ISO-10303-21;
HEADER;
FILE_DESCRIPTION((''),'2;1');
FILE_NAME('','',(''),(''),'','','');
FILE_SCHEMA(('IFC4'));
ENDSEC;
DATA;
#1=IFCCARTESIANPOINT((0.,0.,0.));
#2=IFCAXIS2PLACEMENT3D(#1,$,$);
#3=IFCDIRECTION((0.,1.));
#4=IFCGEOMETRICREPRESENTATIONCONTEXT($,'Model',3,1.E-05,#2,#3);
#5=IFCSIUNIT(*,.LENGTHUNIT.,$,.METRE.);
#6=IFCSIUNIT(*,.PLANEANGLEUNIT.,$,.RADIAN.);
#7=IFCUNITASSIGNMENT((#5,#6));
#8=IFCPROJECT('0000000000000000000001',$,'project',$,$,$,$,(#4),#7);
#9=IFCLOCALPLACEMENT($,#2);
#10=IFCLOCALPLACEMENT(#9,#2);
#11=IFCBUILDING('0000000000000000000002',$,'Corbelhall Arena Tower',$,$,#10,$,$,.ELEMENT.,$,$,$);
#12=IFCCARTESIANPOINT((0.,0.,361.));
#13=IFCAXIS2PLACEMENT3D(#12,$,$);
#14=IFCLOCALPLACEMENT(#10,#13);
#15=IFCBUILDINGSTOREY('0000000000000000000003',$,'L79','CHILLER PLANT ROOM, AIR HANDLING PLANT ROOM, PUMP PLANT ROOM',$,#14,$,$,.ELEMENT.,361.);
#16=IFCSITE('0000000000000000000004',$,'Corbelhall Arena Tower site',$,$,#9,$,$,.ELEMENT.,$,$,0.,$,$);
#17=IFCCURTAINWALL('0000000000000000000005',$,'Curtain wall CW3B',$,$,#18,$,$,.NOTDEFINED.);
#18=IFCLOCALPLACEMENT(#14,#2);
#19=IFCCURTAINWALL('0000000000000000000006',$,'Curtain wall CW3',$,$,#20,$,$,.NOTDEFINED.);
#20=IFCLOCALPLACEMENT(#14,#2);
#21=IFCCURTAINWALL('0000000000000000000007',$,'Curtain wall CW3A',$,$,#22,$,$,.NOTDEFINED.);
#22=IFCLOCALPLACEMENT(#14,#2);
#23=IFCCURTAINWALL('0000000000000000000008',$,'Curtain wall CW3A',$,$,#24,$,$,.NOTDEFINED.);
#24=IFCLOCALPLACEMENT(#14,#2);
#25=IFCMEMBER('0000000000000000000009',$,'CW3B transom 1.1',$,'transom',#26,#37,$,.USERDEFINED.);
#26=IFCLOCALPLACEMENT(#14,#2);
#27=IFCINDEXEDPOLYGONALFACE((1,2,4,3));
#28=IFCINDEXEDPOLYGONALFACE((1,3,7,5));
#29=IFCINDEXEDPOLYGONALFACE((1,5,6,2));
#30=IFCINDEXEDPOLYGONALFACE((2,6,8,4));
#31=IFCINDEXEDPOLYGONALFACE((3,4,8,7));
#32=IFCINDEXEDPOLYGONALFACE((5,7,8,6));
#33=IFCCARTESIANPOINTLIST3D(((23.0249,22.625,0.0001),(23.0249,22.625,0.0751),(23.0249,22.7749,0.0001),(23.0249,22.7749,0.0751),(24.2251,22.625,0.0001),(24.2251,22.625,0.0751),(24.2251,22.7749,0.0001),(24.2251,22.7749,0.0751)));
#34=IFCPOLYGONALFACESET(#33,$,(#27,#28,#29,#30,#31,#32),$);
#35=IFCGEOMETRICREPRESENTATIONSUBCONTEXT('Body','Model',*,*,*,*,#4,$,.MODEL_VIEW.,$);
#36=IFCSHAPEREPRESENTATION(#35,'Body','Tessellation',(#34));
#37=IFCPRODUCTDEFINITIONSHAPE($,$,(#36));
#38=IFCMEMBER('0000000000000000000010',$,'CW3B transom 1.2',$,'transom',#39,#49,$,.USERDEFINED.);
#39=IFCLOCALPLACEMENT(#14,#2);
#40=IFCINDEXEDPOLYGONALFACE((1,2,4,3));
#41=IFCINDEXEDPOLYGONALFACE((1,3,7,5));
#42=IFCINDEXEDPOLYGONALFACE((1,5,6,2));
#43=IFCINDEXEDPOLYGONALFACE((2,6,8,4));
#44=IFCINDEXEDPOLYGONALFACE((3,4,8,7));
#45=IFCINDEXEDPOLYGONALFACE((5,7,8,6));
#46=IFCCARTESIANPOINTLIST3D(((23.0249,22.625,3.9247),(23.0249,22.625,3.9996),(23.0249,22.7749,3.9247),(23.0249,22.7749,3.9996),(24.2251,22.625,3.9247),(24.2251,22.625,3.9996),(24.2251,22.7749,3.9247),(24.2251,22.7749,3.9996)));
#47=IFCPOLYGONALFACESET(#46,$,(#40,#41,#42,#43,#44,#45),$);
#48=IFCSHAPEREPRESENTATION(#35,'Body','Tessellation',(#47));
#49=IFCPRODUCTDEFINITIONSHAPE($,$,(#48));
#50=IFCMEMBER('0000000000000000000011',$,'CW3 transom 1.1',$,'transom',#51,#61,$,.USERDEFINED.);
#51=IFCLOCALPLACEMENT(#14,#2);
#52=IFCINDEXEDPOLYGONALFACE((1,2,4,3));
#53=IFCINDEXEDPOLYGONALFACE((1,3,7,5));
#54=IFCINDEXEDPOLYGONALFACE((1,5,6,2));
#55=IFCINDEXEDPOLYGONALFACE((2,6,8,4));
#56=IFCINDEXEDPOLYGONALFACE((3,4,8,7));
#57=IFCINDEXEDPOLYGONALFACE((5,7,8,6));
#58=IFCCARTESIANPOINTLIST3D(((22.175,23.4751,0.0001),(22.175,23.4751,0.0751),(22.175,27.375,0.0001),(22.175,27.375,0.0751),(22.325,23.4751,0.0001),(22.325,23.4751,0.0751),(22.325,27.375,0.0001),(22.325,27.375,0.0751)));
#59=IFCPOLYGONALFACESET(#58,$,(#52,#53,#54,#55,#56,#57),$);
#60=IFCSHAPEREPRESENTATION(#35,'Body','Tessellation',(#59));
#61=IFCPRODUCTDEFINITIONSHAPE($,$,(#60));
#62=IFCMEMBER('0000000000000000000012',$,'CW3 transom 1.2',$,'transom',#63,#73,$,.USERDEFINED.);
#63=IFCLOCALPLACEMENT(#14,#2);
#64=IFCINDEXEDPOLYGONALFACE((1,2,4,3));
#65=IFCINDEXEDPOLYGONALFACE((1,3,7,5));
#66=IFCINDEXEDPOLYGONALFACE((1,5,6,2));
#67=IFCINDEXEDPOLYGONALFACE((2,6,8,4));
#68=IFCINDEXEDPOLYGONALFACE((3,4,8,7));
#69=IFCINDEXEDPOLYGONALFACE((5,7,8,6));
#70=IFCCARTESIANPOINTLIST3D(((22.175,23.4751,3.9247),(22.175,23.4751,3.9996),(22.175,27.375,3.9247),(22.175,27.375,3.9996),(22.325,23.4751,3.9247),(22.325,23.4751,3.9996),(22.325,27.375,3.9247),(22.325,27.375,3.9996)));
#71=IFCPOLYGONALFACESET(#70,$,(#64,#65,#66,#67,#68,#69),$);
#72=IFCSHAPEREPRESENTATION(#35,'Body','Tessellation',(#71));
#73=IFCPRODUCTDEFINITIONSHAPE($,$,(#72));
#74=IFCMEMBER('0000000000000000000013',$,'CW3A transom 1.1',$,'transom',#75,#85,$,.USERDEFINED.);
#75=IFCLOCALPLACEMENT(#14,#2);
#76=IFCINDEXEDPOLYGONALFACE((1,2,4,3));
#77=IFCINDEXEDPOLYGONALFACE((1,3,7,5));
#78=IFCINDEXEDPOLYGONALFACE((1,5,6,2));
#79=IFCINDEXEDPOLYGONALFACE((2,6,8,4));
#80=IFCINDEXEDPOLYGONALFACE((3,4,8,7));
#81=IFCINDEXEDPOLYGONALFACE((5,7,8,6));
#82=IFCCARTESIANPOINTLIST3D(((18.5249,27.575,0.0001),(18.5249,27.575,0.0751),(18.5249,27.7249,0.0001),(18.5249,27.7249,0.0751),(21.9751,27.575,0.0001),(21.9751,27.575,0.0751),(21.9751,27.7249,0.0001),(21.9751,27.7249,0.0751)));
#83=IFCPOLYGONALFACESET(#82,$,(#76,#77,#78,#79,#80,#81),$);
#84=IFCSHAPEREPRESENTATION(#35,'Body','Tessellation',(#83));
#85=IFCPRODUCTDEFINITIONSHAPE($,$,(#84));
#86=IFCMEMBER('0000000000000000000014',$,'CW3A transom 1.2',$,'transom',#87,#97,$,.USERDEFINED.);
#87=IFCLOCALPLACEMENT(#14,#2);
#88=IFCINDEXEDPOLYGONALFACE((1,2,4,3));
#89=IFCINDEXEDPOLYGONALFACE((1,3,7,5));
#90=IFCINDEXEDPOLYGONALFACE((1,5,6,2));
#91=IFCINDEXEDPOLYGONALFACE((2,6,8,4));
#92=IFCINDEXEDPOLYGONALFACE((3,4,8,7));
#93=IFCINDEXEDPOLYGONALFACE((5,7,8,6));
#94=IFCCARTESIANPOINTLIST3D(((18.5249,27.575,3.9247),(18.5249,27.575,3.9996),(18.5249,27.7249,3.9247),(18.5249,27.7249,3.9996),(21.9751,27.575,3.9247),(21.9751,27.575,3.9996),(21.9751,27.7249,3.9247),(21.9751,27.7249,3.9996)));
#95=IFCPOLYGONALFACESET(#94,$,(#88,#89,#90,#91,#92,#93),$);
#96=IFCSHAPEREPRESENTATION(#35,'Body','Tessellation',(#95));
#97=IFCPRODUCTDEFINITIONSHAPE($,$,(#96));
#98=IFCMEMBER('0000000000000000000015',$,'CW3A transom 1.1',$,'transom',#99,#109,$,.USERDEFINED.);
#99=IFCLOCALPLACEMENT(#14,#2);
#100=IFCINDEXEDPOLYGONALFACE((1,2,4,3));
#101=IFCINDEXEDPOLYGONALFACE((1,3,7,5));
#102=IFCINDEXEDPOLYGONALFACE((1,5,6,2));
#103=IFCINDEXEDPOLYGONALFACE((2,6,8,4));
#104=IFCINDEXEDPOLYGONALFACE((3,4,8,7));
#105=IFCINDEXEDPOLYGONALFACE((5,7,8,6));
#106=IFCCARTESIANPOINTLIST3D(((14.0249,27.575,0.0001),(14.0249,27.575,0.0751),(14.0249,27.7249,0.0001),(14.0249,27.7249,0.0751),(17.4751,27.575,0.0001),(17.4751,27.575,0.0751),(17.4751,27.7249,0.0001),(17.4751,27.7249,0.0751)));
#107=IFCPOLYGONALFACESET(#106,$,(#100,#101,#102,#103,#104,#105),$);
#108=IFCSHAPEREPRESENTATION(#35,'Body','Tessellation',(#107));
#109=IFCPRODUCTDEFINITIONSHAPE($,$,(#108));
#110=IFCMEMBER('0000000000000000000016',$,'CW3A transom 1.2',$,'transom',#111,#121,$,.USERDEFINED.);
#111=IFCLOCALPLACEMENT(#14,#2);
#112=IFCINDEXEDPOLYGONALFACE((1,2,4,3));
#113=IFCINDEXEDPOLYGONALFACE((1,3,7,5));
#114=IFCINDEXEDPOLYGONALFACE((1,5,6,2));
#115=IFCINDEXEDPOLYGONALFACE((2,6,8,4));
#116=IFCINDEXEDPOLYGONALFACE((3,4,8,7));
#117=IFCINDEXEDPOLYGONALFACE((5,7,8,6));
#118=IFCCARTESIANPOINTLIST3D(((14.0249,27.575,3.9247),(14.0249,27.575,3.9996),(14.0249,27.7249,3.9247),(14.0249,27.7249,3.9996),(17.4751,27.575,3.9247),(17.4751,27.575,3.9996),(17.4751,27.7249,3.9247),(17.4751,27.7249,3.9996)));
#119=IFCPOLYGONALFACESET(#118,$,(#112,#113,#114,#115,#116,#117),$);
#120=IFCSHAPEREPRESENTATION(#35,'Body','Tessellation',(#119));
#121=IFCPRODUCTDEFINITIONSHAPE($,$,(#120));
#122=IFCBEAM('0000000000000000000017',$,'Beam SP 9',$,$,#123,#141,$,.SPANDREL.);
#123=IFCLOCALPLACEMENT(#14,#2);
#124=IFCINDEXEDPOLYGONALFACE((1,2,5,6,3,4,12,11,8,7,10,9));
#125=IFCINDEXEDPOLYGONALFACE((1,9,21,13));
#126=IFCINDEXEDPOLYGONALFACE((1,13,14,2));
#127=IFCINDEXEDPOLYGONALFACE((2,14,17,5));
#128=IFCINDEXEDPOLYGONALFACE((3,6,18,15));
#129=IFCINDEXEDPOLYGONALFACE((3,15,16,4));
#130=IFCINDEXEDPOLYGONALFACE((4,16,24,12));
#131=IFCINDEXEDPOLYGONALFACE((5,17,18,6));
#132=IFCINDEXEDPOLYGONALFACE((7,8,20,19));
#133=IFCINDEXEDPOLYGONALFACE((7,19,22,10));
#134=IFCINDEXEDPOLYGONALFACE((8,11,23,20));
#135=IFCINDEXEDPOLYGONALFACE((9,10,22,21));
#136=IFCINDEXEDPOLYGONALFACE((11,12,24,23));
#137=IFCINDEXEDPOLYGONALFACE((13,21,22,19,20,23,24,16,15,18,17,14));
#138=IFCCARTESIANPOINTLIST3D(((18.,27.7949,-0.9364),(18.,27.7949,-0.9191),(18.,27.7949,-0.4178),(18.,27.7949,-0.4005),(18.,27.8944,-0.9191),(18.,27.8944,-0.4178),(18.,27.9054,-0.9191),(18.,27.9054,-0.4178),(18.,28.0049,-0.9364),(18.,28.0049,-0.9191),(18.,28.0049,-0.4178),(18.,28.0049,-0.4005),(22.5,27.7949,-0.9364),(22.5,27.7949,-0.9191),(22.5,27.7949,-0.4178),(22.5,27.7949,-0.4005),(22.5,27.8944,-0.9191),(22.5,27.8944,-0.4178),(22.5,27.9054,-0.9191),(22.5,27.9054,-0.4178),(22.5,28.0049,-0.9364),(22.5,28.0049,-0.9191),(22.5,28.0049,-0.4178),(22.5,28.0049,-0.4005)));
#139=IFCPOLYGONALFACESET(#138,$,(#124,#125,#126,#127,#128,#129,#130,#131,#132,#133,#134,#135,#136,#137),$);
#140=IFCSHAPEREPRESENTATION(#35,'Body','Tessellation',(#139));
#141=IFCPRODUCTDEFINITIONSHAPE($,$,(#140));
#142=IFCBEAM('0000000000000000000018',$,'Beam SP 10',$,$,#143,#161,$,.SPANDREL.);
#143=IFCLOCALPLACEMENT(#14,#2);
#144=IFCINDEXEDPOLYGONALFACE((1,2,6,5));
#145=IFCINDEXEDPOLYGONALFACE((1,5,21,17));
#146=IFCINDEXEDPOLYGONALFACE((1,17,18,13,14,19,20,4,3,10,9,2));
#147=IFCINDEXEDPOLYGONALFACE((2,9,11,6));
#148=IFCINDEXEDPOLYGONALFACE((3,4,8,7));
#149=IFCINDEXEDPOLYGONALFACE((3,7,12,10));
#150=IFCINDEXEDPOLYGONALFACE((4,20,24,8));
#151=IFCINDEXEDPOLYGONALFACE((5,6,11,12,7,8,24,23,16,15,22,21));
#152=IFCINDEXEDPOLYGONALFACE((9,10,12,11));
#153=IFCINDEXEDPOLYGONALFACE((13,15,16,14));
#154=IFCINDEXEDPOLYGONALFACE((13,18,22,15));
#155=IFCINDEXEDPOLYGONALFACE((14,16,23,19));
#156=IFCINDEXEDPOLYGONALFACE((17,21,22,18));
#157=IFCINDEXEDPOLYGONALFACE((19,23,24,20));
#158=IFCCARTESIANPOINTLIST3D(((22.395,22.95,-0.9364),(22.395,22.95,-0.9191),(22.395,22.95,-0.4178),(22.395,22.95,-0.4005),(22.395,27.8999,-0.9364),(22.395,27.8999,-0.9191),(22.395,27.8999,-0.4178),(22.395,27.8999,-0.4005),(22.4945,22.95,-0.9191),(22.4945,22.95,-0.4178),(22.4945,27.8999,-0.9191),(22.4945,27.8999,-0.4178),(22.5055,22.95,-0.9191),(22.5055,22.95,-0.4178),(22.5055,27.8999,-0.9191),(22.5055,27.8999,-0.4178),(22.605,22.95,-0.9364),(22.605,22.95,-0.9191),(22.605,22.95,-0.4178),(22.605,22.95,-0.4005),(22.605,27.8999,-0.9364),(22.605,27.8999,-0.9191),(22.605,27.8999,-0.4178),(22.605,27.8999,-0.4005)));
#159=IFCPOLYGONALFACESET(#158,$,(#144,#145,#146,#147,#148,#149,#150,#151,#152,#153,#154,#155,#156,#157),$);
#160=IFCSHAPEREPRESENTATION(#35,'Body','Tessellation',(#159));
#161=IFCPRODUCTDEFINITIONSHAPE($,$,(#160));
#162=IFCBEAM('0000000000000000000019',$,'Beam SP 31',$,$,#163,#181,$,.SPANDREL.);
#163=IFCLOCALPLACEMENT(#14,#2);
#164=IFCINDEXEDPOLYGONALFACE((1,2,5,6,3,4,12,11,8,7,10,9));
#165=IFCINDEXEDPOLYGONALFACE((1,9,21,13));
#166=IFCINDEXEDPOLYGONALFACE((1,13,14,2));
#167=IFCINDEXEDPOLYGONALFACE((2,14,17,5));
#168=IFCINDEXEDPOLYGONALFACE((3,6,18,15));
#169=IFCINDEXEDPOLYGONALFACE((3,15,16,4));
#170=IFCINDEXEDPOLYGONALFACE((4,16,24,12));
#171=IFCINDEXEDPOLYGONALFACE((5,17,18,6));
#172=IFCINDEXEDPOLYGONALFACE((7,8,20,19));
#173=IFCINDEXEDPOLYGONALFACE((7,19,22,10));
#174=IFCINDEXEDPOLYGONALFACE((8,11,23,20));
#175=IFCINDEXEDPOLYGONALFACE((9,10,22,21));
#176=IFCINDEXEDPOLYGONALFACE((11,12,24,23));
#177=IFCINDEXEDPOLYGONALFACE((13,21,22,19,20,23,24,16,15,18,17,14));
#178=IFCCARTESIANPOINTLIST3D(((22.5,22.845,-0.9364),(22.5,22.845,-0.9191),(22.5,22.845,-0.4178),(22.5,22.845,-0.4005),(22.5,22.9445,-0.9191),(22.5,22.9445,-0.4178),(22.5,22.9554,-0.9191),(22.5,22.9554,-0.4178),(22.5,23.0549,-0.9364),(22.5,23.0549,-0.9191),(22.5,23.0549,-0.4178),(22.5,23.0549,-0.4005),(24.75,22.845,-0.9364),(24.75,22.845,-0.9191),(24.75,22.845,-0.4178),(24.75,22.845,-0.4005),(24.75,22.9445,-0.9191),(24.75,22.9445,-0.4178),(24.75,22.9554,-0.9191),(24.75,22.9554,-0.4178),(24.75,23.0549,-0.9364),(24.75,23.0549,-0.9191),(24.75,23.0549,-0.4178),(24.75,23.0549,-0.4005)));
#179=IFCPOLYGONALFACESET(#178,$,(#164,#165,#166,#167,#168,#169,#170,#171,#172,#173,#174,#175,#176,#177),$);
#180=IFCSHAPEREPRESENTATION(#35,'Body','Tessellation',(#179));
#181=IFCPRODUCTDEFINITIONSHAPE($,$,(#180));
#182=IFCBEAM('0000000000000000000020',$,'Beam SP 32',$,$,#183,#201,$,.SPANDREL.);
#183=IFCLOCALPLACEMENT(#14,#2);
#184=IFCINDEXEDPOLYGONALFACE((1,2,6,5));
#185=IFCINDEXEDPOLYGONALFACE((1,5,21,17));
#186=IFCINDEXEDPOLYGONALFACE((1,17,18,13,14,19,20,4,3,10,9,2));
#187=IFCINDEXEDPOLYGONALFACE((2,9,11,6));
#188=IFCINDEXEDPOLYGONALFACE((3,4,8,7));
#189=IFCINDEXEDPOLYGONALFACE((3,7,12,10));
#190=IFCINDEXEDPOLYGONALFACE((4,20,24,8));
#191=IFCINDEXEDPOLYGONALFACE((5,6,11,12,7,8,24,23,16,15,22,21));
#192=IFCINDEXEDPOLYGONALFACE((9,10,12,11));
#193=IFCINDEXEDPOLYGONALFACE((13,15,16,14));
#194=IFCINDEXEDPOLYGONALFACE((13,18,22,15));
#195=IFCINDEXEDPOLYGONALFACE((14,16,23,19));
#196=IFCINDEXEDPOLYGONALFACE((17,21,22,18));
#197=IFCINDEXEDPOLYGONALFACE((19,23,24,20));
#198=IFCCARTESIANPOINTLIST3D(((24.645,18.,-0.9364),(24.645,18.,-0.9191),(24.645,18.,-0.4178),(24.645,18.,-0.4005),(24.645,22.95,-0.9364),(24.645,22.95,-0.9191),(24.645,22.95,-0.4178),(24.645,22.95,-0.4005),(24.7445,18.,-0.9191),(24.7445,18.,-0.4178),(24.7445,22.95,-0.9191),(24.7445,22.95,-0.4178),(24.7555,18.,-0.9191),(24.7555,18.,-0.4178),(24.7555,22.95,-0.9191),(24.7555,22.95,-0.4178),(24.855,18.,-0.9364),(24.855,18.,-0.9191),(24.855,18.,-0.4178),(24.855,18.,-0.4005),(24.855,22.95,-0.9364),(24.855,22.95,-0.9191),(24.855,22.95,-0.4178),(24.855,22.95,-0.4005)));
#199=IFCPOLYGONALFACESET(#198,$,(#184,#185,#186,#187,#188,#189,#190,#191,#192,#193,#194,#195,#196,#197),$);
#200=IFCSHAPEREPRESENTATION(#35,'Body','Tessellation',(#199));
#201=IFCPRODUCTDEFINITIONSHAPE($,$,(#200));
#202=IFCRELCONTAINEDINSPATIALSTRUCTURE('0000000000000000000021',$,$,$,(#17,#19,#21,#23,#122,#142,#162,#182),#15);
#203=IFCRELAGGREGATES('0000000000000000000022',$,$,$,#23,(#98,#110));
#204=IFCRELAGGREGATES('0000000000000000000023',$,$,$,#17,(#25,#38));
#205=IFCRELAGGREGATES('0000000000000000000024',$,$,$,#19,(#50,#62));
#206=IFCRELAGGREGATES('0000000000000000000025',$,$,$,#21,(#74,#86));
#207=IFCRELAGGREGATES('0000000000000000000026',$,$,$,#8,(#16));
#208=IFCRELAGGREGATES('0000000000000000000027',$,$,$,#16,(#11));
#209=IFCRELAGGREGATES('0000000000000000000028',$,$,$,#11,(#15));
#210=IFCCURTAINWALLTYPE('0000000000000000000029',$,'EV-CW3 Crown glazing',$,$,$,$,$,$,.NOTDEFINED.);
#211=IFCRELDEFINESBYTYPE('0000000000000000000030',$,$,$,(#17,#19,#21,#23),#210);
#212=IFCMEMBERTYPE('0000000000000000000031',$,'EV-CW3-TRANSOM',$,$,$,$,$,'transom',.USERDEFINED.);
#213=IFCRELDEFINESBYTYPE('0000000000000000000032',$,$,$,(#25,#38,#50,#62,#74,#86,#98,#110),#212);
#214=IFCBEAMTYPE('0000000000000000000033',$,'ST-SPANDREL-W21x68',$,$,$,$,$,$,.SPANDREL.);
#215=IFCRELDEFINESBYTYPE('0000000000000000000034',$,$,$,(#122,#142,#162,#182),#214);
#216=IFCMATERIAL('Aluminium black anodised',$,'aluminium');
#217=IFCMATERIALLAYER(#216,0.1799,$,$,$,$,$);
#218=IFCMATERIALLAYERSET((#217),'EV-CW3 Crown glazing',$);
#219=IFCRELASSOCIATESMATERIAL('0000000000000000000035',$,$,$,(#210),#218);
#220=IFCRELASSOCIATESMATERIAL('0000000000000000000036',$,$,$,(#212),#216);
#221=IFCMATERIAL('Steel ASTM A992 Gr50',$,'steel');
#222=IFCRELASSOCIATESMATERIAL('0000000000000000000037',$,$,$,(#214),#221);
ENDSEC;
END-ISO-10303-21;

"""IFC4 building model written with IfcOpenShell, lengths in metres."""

from ifc_helpers import new_model, si_unit, direction, frame, origin, origin_2d, place, context, subcontext, project, spatial, rectangle, i_section, extrude, material, layer, layer_set, material_profile, profile_set, type_object, element, aggregate, save


model = new_model("IFC4")

# Units and contexts
model_context = context("Model", 3, precision=1e-05, world=origin(), true_north=direction((0.0, 1.0)))
body_context = subcontext(model_context, "Body", "Model", "MODEL_VIEW")
ifc_project = project(units=[si_unit("LENGTHUNIT", "METRE"), si_unit("PLANEANGLEUNIT", "RADIAN")], contexts=[model_context])

# Site, building, storey
site_placement = place(None, origin())
site = spatial("IfcSite", under=ifc_project, at=site_placement, Name="Corbelhall Arena Tower site", CompositionType="ELEMENT", RefElevation=0.0)
building_placement = place(site_placement, origin())
building = spatial("IfcBuilding", under=site, at=building_placement, Name="Corbelhall Arena Tower", CompositionType="ELEMENT")
storey_placement = place(building_placement, frame((0.0, 0.0, 361.0)))
storey = spatial("IfcBuildingStorey", under=building, at=storey_placement, Name="L79", Description="CHILLER PLANT ROOM, AIR HANDLING PLANT ROOM, PUMP PLANT ROOM", CompositionType="ELEMENT", Elevation=361.0)

# Curtain walls
ifc_material_1 = material(Name="Aluminium black anodised", Category="aluminium")
ifc_layer_1 = layer(ifc_material_1, 0.1799)
ifc_layer_set_1 = layer_set([ifc_layer_1], Name="EV-CW3 Crown glazing")
curtain_wall_type = type_object("IfcCurtainWallType", Name="EV-CW3 Crown glazing", PredefinedType="NOTDEFINED", material=ifc_layer_set_1)
curtain_wall_1_placement = place(storey_placement, origin())
curtain_wall_1 = element("IfcCurtainWall", 1, at=curtain_wall_1_placement, inside=storey, type_object=curtain_wall_type, Name="Curtain wall CW3B", PredefinedType="NOTDEFINED")
curtain_wall_2_placement = place(storey_placement, origin())
curtain_wall_2 = element("IfcCurtainWall", 2, at=curtain_wall_2_placement, inside=storey, type_object=curtain_wall_type, Name="Curtain wall CW3", PredefinedType="NOTDEFINED")
curtain_wall_3_placement = place(storey_placement, origin())
curtain_wall_3 = element("IfcCurtainWall", 3, at=curtain_wall_3_placement, inside=storey, type_object=curtain_wall_type, Name="Curtain wall CW3A", PredefinedType="NOTDEFINED")

# Curtain wall
curtain_wall_4_placement = place(storey_placement, origin())
curtain_wall_4 = element("IfcCurtainWall", 4, at=curtain_wall_4_placement, inside=storey, type_object=curtain_wall_type, Name="Curtain wall CW3A", PredefinedType="NOTDEFINED")

# Members
ifc_material_profile_1 = material_profile(ifc_material_1, rectangle(XDim=0.1499, YDim=0.075, at=origin_2d()))
ifc_profile_set_1 = profile_set([ifc_material_profile_1], Name="Aluminium black anodised")
member_type_1 = type_object("IfcMemberType", Name="EV-CW3-TRANSOM", ElementType="transom", PredefinedType="USERDEFINED", material=ifc_profile_set_1)
member_1_placement = place(storey_placement, frame((24.2251, 22.7, 0.0376), z_axis=(-1.0, 0.0, 0.0), x_axis=(0.0, -1.0, 0.0)))
member_1 = element("IfcMember", 5, at=member_1_placement, type_object=member_type_1, Name="CW3B transom 1.1", ObjectType="transom", PredefinedType="USERDEFINED", context=body_context, shape_type="SweptSolid", body=[
    extrude(rectangle(XDim=0.1499, YDim=0.075, at=origin_2d()), origin(), (0.0, 0.0, 1.0), 1.2002),
])
member_2_placement = place(storey_placement, frame((24.2251, 22.7, 3.9622), z_axis=(-1.0, 0.0, 0.0), x_axis=(0.0, -1.0, 0.0)))
member_2 = element("IfcMember", 6, at=member_2_placement, type_object=member_type_1, Name="CW3B transom 1.2", ObjectType="transom", PredefinedType="USERDEFINED", context=body_context, shape_type="SweptSolid", body=[
    extrude(rectangle(XDim=0.1499, YDim=0.075, at=origin_2d()), origin(), (0.0, 0.0, 1.0), 1.2002),
])
member_3_placement = place(storey_placement, frame((22.25, 23.4751, 0.0376), z_axis=(0.0, 1.0, 0.0), x_axis=(-1.0, 0.0, 0.0)))
member_3 = element("IfcMember", 7, at=member_3_placement, type_object=member_type_1, Name="CW3 transom 1.1", ObjectType="transom", PredefinedType="USERDEFINED", context=body_context, shape_type="SweptSolid", body=[
    extrude(rectangle(XDim=0.1499, YDim=0.075, at=origin_2d()), origin(), (0.0, 0.0, 1.0), 3.8999),
])
member_4_placement = place(storey_placement, frame((22.25, 23.4751, 3.9622), z_axis=(0.0, 1.0, 0.0), x_axis=(-1.0, 0.0, 0.0)))
member_4 = element("IfcMember", 8, at=member_4_placement, type_object=member_type_1, Name="CW3 transom 1.2", ObjectType="transom", PredefinedType="USERDEFINED", context=body_context, shape_type="SweptSolid", body=[
    extrude(rectangle(XDim=0.1499, YDim=0.075, at=origin_2d()), origin(), (0.0, 0.0, 1.0), 3.8999),
])
member_5_placement = place(storey_placement, frame((21.9751, 27.6499, 0.0376), z_axis=(-1.0, 0.0, 0.0), x_axis=(0.0, -1.0, 0.0)))
member_5 = element("IfcMember", 9, at=member_5_placement, type_object=member_type_1, Name="CW3A transom 1.1", ObjectType="transom", PredefinedType="USERDEFINED", context=body_context, shape_type="SweptSolid", body=[
    extrude(rectangle(XDim=0.1499, YDim=0.075, at=origin_2d()), origin(), (0.0, 0.0, 1.0), 3.4502),
])
member_6_placement = place(storey_placement, frame((21.9751, 27.6499, 3.9622), z_axis=(-1.0, 0.0, 0.0), x_axis=(0.0, -1.0, 0.0)))
member_6 = element("IfcMember", 10, at=member_6_placement, type_object=member_type_1, Name="CW3A transom 1.2", ObjectType="transom", PredefinedType="USERDEFINED", context=body_context, shape_type="SweptSolid", body=[
    extrude(rectangle(XDim=0.1499, YDim=0.075, at=origin_2d()), origin(), (0.0, 0.0, 1.0), 3.4502),
])
member_7_placement = place(storey_placement, frame((17.4751, 27.6499, 0.0376), z_axis=(-1.0, 0.0, 0.0), x_axis=(0.0, -1.0, 0.0)))
member_7 = element("IfcMember", 11, at=member_7_placement, type_object=member_type_1, Name="CW3A transom 1.1", ObjectType="transom", PredefinedType="USERDEFINED", context=body_context, shape_type="SweptSolid", body=[
    extrude(rectangle(XDim=0.1499, YDim=0.075, at=origin_2d()), origin(), (0.0, 0.0, 1.0), 3.4502),
])
member_8_placement = place(storey_placement, frame((17.4751, 27.6499, 3.9622), z_axis=(-1.0, 0.0, 0.0), x_axis=(0.0, -1.0, 0.0)))
member_8 = element("IfcMember", 12, at=member_8_placement, type_object=member_type_1, Name="CW3A transom 1.2", ObjectType="transom", PredefinedType="USERDEFINED", context=body_context, shape_type="SweptSolid", body=[
    extrude(rectangle(XDim=0.1499, YDim=0.075, at=origin_2d()), origin(), (0.0, 0.0, 1.0), 3.4502),
])
aggregate(curtain_wall_4, [member_7, member_8])

# Beams
ifc_material_2 = material(Name="Steel ASTM A992 Gr50", Category="steel")
ifc_material_profile_2 = material_profile(ifc_material_2, i_section(OverallWidth=0.21, OverallDepth=0.5359, WebThickness=0.011, FlangeThickness=0.0173, at=origin_2d()))
ifc_profile_set_2 = profile_set([ifc_material_profile_2], Name="Steel ASTM A992 Gr50")
beam_type = type_object("IfcBeamType", Name="ST-SPANDREL-W21x68", PredefinedType="SPANDREL", material=ifc_profile_set_2)
beam_1_placement = place(storey_placement, frame((18.0, 27.8999, -0.6685), z_axis=(1.0, 0.0, 0.0), x_axis=(0.0, 1.0, 0.0)))
element("IfcBeam", 13, at=beam_1_placement, inside=storey, type_object=beam_type, Name="Beam SP 9", PredefinedType="SPANDREL", context=body_context, shape_type="SweptSolid", body=[
    extrude(i_section(OverallWidth=0.21, OverallDepth=0.5359, WebThickness=0.011, FlangeThickness=0.0173, at=origin_2d()), origin(), (0.0, 0.0, 1.0), 4.5),
])
beam_2_placement = place(storey_placement, frame((22.5, 27.8999, -0.6685), z_axis=(0.0, -1.0, 0.0), x_axis=(1.0, 0.0, 0.0)))
element("IfcBeam", 14, at=beam_2_placement, inside=storey, type_object=beam_type, Name="Beam SP 10", PredefinedType="SPANDREL", context=body_context, shape_type="SweptSolid", body=[
    extrude(i_section(OverallWidth=0.21, OverallDepth=0.5359, WebThickness=0.011, FlangeThickness=0.0173, at=origin_2d()), origin(), (0.0, 0.0, 1.0), 4.95),
])
beam_3_placement = place(storey_placement, frame((22.5, 22.95, -0.6685), z_axis=(1.0, 0.0, 0.0), x_axis=(0.0, 1.0, 0.0)))
element("IfcBeam", 15, at=beam_3_placement, inside=storey, type_object=beam_type, Name="Beam SP 31", PredefinedType="SPANDREL", context=body_context, shape_type="SweptSolid", body=[
    extrude(i_section(OverallWidth=0.21, OverallDepth=0.5359, WebThickness=0.011, FlangeThickness=0.0173, at=origin_2d()), origin(), (0.0, 0.0, 1.0), 2.25),
])
beam_4_placement = place(storey_placement, frame((24.75, 22.95, -0.6685), z_axis=(0.0, -1.0, 0.0), x_axis=(1.0, 0.0, 0.0)))
element("IfcBeam", 16, at=beam_4_placement, inside=storey, type_object=beam_type, Name="Beam SP 32", PredefinedType="SPANDREL", context=body_context, shape_type="SweptSolid", body=[
    extrude(i_section(OverallWidth=0.21, OverallDepth=0.5359, WebThickness=0.011, FlangeThickness=0.0173, at=origin_2d()), origin(), (0.0, 0.0, 1.0), 4.95),
])

aggregate(curtain_wall_1, [member_1, member_2])
aggregate(curtain_wall_2, [member_3, member_4])
aggregate(curtain_wall_3, [member_5, member_6])

save(model, "model.ifc")
